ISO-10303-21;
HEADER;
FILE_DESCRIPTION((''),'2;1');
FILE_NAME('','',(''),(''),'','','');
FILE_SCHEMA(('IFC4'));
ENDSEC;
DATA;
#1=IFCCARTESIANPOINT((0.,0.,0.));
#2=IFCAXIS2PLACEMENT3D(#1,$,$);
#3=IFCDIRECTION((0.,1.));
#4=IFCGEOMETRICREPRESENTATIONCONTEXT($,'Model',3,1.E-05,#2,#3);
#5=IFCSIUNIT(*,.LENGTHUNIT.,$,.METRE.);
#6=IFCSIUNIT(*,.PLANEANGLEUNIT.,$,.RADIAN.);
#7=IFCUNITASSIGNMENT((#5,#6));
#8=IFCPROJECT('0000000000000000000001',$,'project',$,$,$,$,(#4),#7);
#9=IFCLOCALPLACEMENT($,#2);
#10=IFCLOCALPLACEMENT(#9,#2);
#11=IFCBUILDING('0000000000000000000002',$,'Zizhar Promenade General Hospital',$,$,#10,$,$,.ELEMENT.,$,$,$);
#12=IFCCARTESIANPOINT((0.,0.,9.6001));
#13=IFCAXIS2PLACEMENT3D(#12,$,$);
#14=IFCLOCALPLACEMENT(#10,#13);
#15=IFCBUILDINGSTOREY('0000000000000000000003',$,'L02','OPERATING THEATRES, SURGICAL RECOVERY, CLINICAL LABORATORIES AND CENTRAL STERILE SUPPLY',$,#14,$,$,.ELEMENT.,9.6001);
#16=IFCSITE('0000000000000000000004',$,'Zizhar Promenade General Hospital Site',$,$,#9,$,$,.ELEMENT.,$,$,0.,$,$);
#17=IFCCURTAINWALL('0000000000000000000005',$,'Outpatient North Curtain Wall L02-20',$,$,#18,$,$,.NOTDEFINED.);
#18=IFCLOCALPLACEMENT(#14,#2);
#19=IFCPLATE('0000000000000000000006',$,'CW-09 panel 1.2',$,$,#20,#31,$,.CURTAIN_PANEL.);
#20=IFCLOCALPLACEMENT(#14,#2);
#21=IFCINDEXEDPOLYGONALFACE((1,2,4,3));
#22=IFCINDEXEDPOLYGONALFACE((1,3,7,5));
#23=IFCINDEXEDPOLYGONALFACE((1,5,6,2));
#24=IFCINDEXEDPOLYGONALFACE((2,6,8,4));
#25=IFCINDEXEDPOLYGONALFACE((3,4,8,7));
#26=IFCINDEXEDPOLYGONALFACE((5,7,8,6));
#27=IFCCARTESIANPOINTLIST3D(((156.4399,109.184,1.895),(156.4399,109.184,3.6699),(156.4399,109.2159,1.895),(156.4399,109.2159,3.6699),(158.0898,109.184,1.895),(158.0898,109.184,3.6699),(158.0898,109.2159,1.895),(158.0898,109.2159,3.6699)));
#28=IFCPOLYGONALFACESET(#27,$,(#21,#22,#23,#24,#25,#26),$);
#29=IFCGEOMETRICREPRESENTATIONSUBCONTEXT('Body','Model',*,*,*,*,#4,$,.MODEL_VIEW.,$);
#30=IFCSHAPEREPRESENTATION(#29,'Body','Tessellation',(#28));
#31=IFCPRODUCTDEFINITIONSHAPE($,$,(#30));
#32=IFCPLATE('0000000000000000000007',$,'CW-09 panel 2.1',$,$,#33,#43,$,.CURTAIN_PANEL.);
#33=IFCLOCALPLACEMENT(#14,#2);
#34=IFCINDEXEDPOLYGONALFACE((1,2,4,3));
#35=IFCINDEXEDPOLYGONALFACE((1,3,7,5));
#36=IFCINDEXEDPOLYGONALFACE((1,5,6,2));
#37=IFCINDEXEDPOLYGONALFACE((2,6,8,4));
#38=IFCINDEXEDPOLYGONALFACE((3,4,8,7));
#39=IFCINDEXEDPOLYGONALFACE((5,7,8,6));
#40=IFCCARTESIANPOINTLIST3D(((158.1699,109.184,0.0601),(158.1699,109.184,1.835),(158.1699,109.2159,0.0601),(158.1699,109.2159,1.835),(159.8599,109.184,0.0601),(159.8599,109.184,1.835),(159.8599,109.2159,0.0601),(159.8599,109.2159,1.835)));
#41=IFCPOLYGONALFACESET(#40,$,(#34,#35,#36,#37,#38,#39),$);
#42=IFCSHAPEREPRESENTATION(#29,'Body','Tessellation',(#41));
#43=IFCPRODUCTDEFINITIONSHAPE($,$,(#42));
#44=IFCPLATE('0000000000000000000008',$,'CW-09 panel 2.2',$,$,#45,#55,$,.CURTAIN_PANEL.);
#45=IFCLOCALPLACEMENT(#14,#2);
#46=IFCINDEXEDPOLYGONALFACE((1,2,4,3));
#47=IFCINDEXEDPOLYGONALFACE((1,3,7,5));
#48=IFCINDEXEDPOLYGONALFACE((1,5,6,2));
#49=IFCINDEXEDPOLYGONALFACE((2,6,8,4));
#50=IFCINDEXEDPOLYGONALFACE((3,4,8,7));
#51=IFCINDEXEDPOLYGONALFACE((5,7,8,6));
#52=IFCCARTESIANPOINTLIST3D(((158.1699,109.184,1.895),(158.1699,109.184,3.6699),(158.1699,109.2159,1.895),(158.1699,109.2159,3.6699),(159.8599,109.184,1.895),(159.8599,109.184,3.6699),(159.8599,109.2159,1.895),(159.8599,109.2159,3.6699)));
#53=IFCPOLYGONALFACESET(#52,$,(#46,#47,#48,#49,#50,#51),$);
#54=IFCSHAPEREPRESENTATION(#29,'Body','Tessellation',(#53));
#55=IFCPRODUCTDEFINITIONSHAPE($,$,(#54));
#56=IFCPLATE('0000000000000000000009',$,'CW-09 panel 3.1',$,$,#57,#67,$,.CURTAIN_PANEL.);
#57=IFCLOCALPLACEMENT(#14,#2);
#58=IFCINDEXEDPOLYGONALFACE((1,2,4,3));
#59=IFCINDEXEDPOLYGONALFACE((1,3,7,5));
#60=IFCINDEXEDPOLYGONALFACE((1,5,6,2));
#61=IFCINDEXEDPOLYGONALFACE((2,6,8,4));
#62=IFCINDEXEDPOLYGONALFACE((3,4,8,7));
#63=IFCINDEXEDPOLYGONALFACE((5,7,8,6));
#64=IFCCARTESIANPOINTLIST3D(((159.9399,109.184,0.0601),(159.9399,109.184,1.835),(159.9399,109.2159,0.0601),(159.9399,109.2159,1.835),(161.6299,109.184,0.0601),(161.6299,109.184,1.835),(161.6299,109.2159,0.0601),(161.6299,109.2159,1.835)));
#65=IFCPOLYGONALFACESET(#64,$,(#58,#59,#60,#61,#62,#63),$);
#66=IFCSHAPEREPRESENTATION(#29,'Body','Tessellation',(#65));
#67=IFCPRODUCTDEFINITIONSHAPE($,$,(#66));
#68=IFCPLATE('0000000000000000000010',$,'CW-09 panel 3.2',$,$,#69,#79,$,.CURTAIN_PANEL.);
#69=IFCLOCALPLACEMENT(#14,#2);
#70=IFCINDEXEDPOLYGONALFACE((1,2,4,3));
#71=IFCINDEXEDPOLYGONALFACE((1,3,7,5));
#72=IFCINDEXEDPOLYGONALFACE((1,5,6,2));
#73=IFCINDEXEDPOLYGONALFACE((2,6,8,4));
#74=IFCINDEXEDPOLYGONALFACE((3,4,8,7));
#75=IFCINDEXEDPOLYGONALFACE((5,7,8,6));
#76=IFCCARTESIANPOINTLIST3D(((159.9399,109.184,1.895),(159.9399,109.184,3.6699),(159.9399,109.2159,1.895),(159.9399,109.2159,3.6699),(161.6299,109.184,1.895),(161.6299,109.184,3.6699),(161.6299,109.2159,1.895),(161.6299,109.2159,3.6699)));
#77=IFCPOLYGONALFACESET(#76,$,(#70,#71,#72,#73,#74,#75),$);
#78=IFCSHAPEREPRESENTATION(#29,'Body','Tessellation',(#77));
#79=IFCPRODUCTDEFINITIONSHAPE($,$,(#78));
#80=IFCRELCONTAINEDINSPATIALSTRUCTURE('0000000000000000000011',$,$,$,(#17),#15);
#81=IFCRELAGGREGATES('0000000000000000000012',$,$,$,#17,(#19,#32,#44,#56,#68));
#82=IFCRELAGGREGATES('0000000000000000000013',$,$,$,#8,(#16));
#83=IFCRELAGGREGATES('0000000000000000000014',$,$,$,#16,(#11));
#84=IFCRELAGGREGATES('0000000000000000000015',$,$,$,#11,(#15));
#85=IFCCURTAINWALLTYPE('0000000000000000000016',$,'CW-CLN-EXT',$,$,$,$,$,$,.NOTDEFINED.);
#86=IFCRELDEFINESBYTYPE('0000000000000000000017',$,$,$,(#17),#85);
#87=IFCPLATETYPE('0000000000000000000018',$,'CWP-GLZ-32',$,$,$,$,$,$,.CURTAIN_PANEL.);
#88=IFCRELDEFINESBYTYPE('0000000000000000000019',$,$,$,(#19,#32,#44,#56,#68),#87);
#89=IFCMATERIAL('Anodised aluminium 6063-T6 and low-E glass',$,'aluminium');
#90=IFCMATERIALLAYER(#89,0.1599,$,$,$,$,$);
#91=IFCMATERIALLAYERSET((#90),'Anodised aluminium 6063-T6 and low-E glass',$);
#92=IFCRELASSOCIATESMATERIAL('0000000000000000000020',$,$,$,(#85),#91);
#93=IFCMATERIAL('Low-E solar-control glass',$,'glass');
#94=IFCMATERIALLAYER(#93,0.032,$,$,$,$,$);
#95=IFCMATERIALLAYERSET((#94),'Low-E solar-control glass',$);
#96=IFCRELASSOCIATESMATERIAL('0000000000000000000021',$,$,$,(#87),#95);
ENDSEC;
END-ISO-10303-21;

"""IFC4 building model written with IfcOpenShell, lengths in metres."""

from ifc_helpers import new_model, si_unit, direction, frame, origin, origin_2d, place, context, subcontext, project, spatial, rectangle, extrude, material, layer, layer_set, type_object, element, aggregate, save


model = new_model("IFC4")

# Units and contexts
model_context = context("Model", 3, precision=1e-05, world=origin(), true_north=direction((0.0, 1.0)))
body_context = subcontext(model_context, "Body", "Model", "MODEL_VIEW")
ifc_project = project(units=[si_unit("LENGTHUNIT", "METRE"), si_unit("PLANEANGLEUNIT", "RADIAN")], contexts=[model_context])

# Site, building, storey
site_placement = place(None, origin())
site = spatial("IfcSite", under=ifc_project, at=site_placement, Name="Zizhar Promenade General Hospital Site", CompositionType="ELEMENT", RefElevation=0.0)
building_placement = place(site_placement, origin())
building = spatial("IfcBuilding", under=site, at=building_placement, Name="Zizhar Promenade General Hospital", CompositionType="ELEMENT")
storey_placement = place(building_placement, frame((0.0, 0.0, 9.6001)))
storey = spatial("IfcBuildingStorey", under=building, at=storey_placement, Name="L02", Description="OPERATING THEATRES, SURGICAL RECOVERY, CLINICAL LABORATORIES AND CENTRAL STERILE SUPPLY", CompositionType="ELEMENT", Elevation=9.6001)

# Curtain wall
ifc_material_1 = material(Name="Anodised aluminium 6063-T6 and low-E glass", Category="aluminium")
ifc_layer_1 = layer(ifc_material_1, 0.1599)
ifc_layer_set_1 = layer_set([ifc_layer_1], Name="Anodised aluminium 6063-T6 and low-E glass")
curtain_wall_type_1 = type_object("IfcCurtainWallType", Name="CW-CLN-EXT", PredefinedType="NOTDEFINED", material=ifc_layer_set_1)
curtain_wall_1_placement = place(storey_placement, origin())
curtain_wall_1 = element("IfcCurtainWall", 1, at=curtain_wall_1_placement, inside=storey, type_object=curtain_wall_type_1, Name="Outpatient North Curtain Wall L02-20", PredefinedType="NOTDEFINED")

# Plates
ifc_material_2 = material(Name="Low-E solar-control glass", Category="glass")
ifc_layer_2 = layer(ifc_material_2, 0.032)
ifc_layer_set_2 = layer_set([ifc_layer_2], Name="Low-E solar-control glass")
plate_type = type_object("IfcPlateType", Name="CWP-GLZ-32", PredefinedType="CURTAIN_PANEL", material=ifc_layer_set_2)
plate_1_placement = place(storey_placement, frame((157.2649, 109.2, 1.895), z_axis=(0.0, 0.0, 1.0), x_axis=(1.0, 0.0, 0.0)))
plate_1 = element("IfcPlate", 2, at=plate_1_placement, type_object=plate_type, Name="CW-09 panel 1.2", PredefinedType="CURTAIN_PANEL", context=body_context, shape_type="SweptSolid", body=[
    extrude(rectangle(XDim=1.6499, YDim=0.032, at=origin_2d()), origin(), (0.0, 0.0, 1.0), 1.7749),
])
plate_2_placement = place(storey_placement, frame((159.0149, 109.2, 0.0601), z_axis=(0.0, 0.0, 1.0), x_axis=(1.0, 0.0, 0.0)))
plate_2 = element("IfcPlate", 3, at=plate_2_placement, type_object=plate_type, Name="CW-09 panel 2.1", PredefinedType="CURTAIN_PANEL", context=body_context, shape_type="SweptSolid", body=[
    extrude(rectangle(XDim=1.6899, YDim=0.032, at=origin_2d()), origin(), (0.0, 0.0, 1.0), 1.7749),
])
plate_3_placement = place(storey_placement, frame((159.0149, 109.2, 1.895), z_axis=(0.0, 0.0, 1.0), x_axis=(1.0, 0.0, 0.0)))
plate_3 = element("IfcPlate", 4, at=plate_3_placement, type_object=plate_type, Name="CW-09 panel 2.2", PredefinedType="CURTAIN_PANEL", context=body_context, shape_type="SweptSolid", body=[
    extrude(rectangle(XDim=1.6899, YDim=0.032, at=origin_2d()), origin(), (0.0, 0.0, 1.0), 1.7749),
])
plate_4_placement = place(storey_placement, frame((160.7849, 109.2, 0.0601), z_axis=(0.0, 0.0, 1.0), x_axis=(1.0, 0.0, 0.0)))
plate_4 = element("IfcPlate", 5, at=plate_4_placement, type_object=plate_type, Name="CW-09 panel 3.1", PredefinedType="CURTAIN_PANEL", context=body_context, shape_type="SweptSolid", body=[
    extrude(rectangle(XDim=1.6899, YDim=0.032, at=origin_2d()), origin(), (0.0, 0.0, 1.0), 1.7749),
])
plate_5_placement = place(storey_placement, frame((160.7849, 109.2, 1.895), z_axis=(0.0, 0.0, 1.0), x_axis=(1.0, 0.0, 0.0)))
plate_5 = element("IfcPlate", 6, at=plate_5_placement, type_object=plate_type, Name="CW-09 panel 3.2", PredefinedType="CURTAIN_PANEL", context=body_context, shape_type="SweptSolid", body=[
    extrude(rectangle(XDim=1.6899, YDim=0.032, at=origin_2d()), origin(), (0.0, 0.0, 1.0), 1.7749),
])
aggregate(curtain_wall_1, [plate_1, plate_2, plate_3, plate_4, plate_5])

save(model, "model.ifc")
